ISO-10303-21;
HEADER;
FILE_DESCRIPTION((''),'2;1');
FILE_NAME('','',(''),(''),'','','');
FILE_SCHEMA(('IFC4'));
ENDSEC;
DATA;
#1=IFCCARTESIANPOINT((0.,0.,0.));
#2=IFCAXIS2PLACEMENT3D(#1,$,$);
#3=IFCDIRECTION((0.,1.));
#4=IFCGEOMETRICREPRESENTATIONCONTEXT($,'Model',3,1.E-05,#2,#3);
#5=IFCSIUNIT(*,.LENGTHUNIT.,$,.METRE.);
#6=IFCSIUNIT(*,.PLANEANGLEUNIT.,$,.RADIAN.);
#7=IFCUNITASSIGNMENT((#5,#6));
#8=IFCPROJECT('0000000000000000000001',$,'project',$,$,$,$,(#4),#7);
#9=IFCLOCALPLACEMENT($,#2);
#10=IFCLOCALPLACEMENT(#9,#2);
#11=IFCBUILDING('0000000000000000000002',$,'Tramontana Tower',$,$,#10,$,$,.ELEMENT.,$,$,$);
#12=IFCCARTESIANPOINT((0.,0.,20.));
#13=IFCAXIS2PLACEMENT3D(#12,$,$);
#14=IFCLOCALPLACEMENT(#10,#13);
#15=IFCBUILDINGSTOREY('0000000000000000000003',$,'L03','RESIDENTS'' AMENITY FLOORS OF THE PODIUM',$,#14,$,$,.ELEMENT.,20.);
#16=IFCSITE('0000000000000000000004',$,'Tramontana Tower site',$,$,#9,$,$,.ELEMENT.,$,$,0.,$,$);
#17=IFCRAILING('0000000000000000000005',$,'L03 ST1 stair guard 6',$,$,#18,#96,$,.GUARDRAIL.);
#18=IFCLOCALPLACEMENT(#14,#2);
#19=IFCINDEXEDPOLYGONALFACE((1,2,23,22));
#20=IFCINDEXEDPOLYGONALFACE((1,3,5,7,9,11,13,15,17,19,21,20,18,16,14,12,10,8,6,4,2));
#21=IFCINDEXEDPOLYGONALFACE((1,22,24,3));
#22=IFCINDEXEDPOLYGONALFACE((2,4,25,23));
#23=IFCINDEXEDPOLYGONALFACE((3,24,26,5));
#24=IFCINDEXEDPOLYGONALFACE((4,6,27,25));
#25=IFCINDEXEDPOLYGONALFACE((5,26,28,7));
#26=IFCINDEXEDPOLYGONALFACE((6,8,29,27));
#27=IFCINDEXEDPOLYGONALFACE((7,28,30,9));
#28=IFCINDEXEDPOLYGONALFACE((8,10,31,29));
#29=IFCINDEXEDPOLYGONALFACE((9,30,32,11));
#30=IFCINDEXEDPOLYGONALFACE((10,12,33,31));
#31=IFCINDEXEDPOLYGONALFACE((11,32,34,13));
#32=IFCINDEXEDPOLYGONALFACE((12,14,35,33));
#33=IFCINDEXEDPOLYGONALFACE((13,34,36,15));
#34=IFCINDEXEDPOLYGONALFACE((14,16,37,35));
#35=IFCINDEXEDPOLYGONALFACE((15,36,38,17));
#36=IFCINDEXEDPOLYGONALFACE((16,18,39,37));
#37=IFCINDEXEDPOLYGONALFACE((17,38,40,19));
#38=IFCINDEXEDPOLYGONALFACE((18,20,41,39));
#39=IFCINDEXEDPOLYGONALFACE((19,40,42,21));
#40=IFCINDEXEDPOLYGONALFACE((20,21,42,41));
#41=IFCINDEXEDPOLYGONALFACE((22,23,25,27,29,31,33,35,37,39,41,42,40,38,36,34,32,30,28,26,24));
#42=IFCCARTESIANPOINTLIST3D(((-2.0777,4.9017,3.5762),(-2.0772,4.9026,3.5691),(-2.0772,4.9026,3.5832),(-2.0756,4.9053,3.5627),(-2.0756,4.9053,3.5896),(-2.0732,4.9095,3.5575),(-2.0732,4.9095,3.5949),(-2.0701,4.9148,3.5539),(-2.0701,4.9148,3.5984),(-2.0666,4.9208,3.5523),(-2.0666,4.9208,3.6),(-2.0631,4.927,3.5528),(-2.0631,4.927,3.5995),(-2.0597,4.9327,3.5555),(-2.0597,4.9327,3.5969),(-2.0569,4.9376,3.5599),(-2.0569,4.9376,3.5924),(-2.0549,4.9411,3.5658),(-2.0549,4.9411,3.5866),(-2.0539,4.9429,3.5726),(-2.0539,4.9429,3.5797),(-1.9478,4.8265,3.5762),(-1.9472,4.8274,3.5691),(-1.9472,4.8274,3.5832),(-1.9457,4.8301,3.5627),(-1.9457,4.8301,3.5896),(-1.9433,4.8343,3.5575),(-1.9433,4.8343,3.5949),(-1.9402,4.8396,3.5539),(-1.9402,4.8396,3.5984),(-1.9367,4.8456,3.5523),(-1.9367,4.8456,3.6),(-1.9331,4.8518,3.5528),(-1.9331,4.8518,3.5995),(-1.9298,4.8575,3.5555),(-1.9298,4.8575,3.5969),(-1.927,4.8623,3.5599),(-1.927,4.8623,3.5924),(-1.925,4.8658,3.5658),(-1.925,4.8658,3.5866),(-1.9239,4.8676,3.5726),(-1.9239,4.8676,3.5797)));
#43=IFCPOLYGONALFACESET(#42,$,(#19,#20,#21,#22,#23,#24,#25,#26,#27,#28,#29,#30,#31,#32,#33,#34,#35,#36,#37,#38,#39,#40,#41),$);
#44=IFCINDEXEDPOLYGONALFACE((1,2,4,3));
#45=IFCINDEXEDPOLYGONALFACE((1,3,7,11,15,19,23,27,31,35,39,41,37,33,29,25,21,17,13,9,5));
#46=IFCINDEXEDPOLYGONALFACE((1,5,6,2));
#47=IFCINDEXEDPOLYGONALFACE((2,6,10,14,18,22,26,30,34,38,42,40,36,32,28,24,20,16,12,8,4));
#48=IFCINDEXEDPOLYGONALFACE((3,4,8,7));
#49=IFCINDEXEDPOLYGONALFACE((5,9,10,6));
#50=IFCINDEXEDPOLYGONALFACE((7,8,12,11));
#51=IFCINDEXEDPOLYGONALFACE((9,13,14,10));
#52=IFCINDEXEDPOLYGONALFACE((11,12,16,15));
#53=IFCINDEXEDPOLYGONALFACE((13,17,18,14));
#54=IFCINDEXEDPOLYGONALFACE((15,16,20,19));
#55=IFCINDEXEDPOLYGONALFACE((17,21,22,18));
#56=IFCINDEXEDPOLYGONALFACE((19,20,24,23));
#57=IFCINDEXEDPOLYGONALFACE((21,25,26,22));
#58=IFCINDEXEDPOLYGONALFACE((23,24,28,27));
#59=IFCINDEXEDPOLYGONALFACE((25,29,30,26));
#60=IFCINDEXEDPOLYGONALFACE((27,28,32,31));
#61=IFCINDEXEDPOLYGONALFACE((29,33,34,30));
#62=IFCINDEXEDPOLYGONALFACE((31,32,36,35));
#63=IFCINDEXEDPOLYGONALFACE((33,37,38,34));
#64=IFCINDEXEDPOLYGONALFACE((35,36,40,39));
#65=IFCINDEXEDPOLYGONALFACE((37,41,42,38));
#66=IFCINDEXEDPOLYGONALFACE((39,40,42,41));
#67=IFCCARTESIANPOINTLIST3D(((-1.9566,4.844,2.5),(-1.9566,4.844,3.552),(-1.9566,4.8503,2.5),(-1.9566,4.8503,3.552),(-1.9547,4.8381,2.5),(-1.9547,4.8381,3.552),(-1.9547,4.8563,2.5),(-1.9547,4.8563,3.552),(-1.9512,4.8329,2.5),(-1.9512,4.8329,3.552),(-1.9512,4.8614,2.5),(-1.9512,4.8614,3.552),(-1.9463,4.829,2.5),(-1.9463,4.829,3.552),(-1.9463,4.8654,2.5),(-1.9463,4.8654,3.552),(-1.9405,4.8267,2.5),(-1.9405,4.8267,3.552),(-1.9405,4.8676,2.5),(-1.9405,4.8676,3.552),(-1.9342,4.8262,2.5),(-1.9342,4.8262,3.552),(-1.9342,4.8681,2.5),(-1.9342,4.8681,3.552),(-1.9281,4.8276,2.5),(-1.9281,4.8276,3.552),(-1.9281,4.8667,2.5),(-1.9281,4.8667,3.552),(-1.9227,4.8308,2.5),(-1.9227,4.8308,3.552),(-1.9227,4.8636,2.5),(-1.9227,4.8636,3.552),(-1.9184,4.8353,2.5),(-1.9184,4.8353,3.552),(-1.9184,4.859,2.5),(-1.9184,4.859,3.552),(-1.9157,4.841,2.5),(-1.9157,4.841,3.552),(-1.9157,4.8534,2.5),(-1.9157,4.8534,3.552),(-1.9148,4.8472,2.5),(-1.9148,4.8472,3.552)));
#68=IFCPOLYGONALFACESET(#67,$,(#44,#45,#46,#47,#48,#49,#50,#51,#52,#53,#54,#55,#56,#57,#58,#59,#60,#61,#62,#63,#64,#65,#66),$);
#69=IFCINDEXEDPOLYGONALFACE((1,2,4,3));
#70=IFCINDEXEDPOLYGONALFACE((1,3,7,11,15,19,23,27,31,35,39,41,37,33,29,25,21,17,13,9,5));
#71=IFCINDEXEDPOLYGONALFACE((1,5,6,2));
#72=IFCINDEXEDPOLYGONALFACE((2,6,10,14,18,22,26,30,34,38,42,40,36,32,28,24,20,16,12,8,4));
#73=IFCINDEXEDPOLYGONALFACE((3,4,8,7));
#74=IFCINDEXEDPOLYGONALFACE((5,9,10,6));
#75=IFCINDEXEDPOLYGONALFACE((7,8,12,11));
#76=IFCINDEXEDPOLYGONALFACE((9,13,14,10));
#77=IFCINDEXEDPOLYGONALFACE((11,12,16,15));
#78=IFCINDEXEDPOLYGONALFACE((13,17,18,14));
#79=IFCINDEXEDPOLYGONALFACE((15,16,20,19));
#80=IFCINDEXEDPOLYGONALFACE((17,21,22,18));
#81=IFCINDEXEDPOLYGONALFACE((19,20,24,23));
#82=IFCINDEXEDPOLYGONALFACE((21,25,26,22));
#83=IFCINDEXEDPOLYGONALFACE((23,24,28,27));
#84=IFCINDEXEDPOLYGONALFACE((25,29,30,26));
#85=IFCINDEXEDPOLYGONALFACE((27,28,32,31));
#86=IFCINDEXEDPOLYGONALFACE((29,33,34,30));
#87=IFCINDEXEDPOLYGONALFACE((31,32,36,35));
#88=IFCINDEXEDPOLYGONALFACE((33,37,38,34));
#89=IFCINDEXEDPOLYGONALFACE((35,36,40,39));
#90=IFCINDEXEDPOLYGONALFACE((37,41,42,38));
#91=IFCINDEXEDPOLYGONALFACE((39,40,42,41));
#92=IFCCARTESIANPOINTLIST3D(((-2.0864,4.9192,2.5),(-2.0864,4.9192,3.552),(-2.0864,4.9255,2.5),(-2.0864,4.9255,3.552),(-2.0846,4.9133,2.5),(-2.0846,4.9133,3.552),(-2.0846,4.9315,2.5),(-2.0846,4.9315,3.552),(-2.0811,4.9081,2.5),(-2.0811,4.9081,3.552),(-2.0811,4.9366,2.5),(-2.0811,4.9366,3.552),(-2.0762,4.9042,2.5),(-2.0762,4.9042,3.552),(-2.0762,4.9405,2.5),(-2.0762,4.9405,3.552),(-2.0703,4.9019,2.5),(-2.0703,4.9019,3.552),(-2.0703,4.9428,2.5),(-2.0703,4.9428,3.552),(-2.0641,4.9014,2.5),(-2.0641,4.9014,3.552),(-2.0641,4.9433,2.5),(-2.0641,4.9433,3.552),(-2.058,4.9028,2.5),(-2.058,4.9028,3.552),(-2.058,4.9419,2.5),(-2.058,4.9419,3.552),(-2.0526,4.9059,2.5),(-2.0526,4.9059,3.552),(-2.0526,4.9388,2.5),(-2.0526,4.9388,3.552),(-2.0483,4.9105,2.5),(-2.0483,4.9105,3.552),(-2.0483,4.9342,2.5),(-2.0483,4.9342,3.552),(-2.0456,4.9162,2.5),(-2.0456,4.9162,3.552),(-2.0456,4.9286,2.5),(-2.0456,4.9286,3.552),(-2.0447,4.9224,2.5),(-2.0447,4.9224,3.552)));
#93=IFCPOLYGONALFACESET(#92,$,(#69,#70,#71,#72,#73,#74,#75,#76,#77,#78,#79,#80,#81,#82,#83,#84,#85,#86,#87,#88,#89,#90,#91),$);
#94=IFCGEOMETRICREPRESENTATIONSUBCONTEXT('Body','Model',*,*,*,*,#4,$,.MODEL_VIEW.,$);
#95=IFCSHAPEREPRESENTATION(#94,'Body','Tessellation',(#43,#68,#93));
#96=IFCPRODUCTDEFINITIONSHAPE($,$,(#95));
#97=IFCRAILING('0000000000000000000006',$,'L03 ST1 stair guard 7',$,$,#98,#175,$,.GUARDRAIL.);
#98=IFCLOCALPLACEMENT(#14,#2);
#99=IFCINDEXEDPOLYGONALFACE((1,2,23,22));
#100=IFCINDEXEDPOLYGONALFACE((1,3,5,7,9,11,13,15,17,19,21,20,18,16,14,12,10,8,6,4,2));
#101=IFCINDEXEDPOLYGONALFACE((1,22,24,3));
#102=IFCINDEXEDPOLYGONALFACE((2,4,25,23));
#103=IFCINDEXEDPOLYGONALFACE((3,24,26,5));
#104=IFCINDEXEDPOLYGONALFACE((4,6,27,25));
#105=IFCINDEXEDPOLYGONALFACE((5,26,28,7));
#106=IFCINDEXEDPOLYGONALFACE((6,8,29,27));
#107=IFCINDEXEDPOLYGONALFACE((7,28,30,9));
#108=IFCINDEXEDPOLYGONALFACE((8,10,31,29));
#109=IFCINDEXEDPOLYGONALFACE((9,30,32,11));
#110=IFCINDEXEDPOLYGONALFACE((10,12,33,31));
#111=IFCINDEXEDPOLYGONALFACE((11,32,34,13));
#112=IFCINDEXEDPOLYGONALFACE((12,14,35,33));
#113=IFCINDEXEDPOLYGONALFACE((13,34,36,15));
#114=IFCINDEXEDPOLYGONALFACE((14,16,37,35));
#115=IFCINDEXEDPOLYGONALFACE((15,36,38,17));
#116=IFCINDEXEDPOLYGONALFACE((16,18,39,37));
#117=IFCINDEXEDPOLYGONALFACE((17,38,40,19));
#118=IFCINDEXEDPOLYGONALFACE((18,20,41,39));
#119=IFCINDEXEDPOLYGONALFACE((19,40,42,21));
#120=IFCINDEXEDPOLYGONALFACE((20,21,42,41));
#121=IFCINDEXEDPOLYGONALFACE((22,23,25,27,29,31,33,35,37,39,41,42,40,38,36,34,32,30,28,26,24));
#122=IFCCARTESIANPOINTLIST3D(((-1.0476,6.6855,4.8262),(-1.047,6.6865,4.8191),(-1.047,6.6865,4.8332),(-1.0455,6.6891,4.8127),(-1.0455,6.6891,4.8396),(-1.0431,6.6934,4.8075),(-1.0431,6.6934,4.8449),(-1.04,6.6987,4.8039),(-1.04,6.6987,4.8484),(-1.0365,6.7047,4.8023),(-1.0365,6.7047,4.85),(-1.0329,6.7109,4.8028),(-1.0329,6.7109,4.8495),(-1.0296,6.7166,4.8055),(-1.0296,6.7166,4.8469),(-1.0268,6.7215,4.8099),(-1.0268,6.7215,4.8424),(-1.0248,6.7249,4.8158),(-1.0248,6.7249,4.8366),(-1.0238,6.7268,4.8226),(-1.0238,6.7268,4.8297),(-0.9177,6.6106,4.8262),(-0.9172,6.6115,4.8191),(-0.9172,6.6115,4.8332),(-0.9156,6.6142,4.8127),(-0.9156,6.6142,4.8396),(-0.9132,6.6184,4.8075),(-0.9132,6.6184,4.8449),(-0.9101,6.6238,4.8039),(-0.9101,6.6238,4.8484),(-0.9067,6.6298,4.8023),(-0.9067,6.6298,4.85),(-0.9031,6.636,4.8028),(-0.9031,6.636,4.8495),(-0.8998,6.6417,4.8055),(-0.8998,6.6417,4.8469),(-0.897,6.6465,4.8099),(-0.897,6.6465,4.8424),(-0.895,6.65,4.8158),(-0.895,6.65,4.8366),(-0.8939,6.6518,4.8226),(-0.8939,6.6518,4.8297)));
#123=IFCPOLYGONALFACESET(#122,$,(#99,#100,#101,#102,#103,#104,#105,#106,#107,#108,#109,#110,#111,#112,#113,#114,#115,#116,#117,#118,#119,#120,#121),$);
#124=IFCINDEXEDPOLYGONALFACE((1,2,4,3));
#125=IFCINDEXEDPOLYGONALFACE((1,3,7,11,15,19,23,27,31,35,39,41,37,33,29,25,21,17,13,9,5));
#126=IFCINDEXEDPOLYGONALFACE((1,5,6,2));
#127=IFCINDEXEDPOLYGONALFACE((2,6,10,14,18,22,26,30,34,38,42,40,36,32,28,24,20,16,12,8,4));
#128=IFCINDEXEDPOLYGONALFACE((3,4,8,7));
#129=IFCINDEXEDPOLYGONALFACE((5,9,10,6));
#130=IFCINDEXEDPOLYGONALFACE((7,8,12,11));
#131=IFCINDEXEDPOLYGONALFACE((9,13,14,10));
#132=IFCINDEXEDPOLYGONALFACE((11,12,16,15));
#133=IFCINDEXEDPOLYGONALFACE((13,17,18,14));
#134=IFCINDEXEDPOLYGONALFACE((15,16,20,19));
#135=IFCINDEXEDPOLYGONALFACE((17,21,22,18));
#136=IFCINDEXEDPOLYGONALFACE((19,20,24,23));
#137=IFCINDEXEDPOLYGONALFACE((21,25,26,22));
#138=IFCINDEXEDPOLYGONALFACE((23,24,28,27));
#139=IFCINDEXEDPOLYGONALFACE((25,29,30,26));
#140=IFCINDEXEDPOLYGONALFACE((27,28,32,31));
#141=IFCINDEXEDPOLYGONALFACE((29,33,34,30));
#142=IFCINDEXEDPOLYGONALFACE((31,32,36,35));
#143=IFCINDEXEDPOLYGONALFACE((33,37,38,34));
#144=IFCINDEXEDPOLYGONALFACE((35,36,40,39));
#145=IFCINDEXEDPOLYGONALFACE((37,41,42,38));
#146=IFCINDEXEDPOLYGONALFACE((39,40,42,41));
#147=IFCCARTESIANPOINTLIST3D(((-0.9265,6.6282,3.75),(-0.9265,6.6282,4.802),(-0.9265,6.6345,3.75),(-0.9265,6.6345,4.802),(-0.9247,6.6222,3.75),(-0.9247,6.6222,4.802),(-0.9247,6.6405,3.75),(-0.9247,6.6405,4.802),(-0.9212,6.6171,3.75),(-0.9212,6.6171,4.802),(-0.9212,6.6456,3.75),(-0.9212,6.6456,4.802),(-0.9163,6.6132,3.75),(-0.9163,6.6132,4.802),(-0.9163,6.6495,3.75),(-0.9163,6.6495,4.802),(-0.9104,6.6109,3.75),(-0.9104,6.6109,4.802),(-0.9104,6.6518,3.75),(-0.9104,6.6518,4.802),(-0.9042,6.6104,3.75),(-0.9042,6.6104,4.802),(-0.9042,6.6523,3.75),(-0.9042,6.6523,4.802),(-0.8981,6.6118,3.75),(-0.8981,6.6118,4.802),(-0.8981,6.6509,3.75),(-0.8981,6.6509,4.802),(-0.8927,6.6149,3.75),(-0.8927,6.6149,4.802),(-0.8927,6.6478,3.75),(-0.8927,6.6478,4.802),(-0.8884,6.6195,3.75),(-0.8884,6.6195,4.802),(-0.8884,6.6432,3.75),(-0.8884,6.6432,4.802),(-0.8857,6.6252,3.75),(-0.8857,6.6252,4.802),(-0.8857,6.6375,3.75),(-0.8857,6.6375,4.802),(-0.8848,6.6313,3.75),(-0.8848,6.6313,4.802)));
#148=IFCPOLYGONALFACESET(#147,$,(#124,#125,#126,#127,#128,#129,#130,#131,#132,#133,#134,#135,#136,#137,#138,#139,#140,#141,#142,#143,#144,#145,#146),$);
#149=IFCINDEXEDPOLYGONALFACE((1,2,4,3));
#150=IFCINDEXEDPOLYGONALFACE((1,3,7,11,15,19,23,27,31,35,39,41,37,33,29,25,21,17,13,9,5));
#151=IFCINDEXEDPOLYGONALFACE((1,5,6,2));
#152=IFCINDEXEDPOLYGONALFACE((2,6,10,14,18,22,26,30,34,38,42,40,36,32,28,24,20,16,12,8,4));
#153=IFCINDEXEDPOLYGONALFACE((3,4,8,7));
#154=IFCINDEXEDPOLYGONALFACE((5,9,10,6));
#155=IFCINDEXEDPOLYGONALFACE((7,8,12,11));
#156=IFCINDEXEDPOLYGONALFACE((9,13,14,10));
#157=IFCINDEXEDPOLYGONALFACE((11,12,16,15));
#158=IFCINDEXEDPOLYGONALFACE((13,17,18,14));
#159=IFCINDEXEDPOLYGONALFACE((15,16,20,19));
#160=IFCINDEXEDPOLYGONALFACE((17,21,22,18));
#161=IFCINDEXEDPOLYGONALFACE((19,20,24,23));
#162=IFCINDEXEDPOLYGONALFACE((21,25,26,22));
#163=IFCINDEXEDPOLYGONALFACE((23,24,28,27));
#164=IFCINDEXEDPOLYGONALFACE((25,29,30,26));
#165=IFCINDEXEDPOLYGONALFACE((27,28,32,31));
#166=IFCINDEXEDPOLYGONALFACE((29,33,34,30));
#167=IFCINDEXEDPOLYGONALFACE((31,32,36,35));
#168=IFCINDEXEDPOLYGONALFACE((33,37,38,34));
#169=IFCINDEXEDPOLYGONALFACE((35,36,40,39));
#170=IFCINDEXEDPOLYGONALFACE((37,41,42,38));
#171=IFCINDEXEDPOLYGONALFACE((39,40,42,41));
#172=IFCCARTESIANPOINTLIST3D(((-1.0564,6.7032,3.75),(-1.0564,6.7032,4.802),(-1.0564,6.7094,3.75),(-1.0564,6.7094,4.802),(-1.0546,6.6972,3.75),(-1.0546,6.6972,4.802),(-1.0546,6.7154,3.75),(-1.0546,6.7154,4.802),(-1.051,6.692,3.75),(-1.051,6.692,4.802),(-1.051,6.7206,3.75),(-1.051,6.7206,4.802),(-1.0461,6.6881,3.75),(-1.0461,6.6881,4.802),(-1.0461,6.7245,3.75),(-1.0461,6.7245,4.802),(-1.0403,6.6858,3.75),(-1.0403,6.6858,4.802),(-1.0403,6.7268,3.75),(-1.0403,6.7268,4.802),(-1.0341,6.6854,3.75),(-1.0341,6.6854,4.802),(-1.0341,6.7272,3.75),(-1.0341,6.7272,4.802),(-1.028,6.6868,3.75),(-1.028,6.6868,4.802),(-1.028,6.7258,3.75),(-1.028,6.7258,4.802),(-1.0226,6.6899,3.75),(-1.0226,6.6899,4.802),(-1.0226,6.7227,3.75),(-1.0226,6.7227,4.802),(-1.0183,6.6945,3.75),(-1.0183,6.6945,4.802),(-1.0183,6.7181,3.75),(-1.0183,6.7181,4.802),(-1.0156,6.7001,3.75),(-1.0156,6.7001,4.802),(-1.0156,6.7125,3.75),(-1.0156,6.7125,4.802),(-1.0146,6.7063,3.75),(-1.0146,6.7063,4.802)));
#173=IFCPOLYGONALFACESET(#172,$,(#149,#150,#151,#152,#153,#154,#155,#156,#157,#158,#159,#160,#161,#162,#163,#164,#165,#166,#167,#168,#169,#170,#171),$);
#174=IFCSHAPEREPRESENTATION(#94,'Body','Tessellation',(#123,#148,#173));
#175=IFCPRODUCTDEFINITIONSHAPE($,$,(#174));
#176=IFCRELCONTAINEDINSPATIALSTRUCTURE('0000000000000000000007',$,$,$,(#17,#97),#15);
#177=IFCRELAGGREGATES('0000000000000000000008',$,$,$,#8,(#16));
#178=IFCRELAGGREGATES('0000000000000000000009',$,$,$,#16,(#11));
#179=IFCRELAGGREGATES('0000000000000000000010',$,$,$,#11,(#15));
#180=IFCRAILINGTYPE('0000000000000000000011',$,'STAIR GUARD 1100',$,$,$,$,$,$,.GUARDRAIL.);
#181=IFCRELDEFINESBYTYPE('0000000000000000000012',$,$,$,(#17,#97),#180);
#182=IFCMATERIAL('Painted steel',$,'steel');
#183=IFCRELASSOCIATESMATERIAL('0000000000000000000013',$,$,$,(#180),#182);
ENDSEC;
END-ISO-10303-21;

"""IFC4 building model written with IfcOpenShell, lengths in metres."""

from ifc_helpers import new_model, si_unit, direction, frame, origin, origin_2d, place, context, subcontext, project, spatial, circle, extrude, material, type_object, element, save


model = new_model("IFC4")

# Units and contexts
model_context = context("Model", 3, precision=1e-05, world=origin(), true_north=direction((0.0, 1.0)))
body_context = subcontext(model_context, "Body", "Model", "MODEL_VIEW")
ifc_project = project(units=[si_unit("LENGTHUNIT", "METRE"), si_unit("PLANEANGLEUNIT", "RADIAN")], contexts=[model_context])

# Site, building, storey
site_placement = place(None, origin())
site = spatial("IfcSite", under=ifc_project, at=site_placement, Name="Tramontana Tower site", CompositionType="ELEMENT", RefElevation=0.0)
building_placement = place(site_placement, origin())
building = spatial("IfcBuilding", under=site, at=building_placement, Name="Tramontana Tower", CompositionType="ELEMENT")
storey_placement = place(building_placement, frame((0.0, 0.0, 20.0)))
storey = spatial("IfcBuildingStorey", under=building, at=storey_placement, Name="L03", Description="RESIDENTS' AMENITY FLOORS OF THE PODIUM", CompositionType="ELEMENT", Elevation=20.0)

# Railings
ifc_material_1 = material(Name="Painted steel", Category="steel")
railing_type_1 = type_object("IfcRailingType", Name="STAIR GUARD 1100", PredefinedType="GUARDRAIL", material=ifc_material_1)
railing_1_placement = place(storey_placement, frame((-1.9358, 4.8472, 2.5)))
element("IfcRailing", 1, at=railing_1_placement, inside=storey, type_object=railing_type_1, Name="L03 ST1 stair guard 6", PredefinedType="GUARDRAIL", context=body_context, shape_type="SweptSolid", body=[
    extrude(circle(Radius=0.0239, at=origin_2d()), frame((0.0, 0.0, 1.0762), z_axis=(-0.865426, 0.501036, 0.0), x_axis=(-0.501036, -0.865426, 0.0)), (0.0, 0.0, 1.0), 0.1501),
    extrude(circle(Radius=0.021, at=origin_2d()), origin(), (0.0, 0.0, 1.0), 1.052),
    extrude(circle(Radius=0.021, at=origin_2d()), frame((-0.1299, 0.0752, 0.0)), (0.0, 0.0, 1.0), 1.052),
])
railing_2_placement = place(storey_placement, frame((-0.9058, 6.6313, 3.75)))
element("IfcRailing", 2, at=railing_2_placement, inside=storey, type_object=railing_type_1, Name="L03 ST1 stair guard 7", PredefinedType="GUARDRAIL", context=body_context, shape_type="SweptSolid", body=[
    extrude(circle(Radius=0.0239, at=origin_2d()), frame((0.0, 0.0, 1.0762), z_axis=(-0.866131, 0.499816, 0.0), x_axis=(-0.499816, -0.866131, 0.0)), (0.0, 0.0, 1.0), 0.1499),
    extrude(circle(Radius=0.021, at=origin_2d()), origin(), (0.0, 0.0, 1.0), 1.052),
    extrude(circle(Radius=0.021, at=origin_2d()), frame((-0.1299, 0.075, 0.0)), (0.0, 0.0, 1.0), 1.052),
])

save(model, "model.ifc")
